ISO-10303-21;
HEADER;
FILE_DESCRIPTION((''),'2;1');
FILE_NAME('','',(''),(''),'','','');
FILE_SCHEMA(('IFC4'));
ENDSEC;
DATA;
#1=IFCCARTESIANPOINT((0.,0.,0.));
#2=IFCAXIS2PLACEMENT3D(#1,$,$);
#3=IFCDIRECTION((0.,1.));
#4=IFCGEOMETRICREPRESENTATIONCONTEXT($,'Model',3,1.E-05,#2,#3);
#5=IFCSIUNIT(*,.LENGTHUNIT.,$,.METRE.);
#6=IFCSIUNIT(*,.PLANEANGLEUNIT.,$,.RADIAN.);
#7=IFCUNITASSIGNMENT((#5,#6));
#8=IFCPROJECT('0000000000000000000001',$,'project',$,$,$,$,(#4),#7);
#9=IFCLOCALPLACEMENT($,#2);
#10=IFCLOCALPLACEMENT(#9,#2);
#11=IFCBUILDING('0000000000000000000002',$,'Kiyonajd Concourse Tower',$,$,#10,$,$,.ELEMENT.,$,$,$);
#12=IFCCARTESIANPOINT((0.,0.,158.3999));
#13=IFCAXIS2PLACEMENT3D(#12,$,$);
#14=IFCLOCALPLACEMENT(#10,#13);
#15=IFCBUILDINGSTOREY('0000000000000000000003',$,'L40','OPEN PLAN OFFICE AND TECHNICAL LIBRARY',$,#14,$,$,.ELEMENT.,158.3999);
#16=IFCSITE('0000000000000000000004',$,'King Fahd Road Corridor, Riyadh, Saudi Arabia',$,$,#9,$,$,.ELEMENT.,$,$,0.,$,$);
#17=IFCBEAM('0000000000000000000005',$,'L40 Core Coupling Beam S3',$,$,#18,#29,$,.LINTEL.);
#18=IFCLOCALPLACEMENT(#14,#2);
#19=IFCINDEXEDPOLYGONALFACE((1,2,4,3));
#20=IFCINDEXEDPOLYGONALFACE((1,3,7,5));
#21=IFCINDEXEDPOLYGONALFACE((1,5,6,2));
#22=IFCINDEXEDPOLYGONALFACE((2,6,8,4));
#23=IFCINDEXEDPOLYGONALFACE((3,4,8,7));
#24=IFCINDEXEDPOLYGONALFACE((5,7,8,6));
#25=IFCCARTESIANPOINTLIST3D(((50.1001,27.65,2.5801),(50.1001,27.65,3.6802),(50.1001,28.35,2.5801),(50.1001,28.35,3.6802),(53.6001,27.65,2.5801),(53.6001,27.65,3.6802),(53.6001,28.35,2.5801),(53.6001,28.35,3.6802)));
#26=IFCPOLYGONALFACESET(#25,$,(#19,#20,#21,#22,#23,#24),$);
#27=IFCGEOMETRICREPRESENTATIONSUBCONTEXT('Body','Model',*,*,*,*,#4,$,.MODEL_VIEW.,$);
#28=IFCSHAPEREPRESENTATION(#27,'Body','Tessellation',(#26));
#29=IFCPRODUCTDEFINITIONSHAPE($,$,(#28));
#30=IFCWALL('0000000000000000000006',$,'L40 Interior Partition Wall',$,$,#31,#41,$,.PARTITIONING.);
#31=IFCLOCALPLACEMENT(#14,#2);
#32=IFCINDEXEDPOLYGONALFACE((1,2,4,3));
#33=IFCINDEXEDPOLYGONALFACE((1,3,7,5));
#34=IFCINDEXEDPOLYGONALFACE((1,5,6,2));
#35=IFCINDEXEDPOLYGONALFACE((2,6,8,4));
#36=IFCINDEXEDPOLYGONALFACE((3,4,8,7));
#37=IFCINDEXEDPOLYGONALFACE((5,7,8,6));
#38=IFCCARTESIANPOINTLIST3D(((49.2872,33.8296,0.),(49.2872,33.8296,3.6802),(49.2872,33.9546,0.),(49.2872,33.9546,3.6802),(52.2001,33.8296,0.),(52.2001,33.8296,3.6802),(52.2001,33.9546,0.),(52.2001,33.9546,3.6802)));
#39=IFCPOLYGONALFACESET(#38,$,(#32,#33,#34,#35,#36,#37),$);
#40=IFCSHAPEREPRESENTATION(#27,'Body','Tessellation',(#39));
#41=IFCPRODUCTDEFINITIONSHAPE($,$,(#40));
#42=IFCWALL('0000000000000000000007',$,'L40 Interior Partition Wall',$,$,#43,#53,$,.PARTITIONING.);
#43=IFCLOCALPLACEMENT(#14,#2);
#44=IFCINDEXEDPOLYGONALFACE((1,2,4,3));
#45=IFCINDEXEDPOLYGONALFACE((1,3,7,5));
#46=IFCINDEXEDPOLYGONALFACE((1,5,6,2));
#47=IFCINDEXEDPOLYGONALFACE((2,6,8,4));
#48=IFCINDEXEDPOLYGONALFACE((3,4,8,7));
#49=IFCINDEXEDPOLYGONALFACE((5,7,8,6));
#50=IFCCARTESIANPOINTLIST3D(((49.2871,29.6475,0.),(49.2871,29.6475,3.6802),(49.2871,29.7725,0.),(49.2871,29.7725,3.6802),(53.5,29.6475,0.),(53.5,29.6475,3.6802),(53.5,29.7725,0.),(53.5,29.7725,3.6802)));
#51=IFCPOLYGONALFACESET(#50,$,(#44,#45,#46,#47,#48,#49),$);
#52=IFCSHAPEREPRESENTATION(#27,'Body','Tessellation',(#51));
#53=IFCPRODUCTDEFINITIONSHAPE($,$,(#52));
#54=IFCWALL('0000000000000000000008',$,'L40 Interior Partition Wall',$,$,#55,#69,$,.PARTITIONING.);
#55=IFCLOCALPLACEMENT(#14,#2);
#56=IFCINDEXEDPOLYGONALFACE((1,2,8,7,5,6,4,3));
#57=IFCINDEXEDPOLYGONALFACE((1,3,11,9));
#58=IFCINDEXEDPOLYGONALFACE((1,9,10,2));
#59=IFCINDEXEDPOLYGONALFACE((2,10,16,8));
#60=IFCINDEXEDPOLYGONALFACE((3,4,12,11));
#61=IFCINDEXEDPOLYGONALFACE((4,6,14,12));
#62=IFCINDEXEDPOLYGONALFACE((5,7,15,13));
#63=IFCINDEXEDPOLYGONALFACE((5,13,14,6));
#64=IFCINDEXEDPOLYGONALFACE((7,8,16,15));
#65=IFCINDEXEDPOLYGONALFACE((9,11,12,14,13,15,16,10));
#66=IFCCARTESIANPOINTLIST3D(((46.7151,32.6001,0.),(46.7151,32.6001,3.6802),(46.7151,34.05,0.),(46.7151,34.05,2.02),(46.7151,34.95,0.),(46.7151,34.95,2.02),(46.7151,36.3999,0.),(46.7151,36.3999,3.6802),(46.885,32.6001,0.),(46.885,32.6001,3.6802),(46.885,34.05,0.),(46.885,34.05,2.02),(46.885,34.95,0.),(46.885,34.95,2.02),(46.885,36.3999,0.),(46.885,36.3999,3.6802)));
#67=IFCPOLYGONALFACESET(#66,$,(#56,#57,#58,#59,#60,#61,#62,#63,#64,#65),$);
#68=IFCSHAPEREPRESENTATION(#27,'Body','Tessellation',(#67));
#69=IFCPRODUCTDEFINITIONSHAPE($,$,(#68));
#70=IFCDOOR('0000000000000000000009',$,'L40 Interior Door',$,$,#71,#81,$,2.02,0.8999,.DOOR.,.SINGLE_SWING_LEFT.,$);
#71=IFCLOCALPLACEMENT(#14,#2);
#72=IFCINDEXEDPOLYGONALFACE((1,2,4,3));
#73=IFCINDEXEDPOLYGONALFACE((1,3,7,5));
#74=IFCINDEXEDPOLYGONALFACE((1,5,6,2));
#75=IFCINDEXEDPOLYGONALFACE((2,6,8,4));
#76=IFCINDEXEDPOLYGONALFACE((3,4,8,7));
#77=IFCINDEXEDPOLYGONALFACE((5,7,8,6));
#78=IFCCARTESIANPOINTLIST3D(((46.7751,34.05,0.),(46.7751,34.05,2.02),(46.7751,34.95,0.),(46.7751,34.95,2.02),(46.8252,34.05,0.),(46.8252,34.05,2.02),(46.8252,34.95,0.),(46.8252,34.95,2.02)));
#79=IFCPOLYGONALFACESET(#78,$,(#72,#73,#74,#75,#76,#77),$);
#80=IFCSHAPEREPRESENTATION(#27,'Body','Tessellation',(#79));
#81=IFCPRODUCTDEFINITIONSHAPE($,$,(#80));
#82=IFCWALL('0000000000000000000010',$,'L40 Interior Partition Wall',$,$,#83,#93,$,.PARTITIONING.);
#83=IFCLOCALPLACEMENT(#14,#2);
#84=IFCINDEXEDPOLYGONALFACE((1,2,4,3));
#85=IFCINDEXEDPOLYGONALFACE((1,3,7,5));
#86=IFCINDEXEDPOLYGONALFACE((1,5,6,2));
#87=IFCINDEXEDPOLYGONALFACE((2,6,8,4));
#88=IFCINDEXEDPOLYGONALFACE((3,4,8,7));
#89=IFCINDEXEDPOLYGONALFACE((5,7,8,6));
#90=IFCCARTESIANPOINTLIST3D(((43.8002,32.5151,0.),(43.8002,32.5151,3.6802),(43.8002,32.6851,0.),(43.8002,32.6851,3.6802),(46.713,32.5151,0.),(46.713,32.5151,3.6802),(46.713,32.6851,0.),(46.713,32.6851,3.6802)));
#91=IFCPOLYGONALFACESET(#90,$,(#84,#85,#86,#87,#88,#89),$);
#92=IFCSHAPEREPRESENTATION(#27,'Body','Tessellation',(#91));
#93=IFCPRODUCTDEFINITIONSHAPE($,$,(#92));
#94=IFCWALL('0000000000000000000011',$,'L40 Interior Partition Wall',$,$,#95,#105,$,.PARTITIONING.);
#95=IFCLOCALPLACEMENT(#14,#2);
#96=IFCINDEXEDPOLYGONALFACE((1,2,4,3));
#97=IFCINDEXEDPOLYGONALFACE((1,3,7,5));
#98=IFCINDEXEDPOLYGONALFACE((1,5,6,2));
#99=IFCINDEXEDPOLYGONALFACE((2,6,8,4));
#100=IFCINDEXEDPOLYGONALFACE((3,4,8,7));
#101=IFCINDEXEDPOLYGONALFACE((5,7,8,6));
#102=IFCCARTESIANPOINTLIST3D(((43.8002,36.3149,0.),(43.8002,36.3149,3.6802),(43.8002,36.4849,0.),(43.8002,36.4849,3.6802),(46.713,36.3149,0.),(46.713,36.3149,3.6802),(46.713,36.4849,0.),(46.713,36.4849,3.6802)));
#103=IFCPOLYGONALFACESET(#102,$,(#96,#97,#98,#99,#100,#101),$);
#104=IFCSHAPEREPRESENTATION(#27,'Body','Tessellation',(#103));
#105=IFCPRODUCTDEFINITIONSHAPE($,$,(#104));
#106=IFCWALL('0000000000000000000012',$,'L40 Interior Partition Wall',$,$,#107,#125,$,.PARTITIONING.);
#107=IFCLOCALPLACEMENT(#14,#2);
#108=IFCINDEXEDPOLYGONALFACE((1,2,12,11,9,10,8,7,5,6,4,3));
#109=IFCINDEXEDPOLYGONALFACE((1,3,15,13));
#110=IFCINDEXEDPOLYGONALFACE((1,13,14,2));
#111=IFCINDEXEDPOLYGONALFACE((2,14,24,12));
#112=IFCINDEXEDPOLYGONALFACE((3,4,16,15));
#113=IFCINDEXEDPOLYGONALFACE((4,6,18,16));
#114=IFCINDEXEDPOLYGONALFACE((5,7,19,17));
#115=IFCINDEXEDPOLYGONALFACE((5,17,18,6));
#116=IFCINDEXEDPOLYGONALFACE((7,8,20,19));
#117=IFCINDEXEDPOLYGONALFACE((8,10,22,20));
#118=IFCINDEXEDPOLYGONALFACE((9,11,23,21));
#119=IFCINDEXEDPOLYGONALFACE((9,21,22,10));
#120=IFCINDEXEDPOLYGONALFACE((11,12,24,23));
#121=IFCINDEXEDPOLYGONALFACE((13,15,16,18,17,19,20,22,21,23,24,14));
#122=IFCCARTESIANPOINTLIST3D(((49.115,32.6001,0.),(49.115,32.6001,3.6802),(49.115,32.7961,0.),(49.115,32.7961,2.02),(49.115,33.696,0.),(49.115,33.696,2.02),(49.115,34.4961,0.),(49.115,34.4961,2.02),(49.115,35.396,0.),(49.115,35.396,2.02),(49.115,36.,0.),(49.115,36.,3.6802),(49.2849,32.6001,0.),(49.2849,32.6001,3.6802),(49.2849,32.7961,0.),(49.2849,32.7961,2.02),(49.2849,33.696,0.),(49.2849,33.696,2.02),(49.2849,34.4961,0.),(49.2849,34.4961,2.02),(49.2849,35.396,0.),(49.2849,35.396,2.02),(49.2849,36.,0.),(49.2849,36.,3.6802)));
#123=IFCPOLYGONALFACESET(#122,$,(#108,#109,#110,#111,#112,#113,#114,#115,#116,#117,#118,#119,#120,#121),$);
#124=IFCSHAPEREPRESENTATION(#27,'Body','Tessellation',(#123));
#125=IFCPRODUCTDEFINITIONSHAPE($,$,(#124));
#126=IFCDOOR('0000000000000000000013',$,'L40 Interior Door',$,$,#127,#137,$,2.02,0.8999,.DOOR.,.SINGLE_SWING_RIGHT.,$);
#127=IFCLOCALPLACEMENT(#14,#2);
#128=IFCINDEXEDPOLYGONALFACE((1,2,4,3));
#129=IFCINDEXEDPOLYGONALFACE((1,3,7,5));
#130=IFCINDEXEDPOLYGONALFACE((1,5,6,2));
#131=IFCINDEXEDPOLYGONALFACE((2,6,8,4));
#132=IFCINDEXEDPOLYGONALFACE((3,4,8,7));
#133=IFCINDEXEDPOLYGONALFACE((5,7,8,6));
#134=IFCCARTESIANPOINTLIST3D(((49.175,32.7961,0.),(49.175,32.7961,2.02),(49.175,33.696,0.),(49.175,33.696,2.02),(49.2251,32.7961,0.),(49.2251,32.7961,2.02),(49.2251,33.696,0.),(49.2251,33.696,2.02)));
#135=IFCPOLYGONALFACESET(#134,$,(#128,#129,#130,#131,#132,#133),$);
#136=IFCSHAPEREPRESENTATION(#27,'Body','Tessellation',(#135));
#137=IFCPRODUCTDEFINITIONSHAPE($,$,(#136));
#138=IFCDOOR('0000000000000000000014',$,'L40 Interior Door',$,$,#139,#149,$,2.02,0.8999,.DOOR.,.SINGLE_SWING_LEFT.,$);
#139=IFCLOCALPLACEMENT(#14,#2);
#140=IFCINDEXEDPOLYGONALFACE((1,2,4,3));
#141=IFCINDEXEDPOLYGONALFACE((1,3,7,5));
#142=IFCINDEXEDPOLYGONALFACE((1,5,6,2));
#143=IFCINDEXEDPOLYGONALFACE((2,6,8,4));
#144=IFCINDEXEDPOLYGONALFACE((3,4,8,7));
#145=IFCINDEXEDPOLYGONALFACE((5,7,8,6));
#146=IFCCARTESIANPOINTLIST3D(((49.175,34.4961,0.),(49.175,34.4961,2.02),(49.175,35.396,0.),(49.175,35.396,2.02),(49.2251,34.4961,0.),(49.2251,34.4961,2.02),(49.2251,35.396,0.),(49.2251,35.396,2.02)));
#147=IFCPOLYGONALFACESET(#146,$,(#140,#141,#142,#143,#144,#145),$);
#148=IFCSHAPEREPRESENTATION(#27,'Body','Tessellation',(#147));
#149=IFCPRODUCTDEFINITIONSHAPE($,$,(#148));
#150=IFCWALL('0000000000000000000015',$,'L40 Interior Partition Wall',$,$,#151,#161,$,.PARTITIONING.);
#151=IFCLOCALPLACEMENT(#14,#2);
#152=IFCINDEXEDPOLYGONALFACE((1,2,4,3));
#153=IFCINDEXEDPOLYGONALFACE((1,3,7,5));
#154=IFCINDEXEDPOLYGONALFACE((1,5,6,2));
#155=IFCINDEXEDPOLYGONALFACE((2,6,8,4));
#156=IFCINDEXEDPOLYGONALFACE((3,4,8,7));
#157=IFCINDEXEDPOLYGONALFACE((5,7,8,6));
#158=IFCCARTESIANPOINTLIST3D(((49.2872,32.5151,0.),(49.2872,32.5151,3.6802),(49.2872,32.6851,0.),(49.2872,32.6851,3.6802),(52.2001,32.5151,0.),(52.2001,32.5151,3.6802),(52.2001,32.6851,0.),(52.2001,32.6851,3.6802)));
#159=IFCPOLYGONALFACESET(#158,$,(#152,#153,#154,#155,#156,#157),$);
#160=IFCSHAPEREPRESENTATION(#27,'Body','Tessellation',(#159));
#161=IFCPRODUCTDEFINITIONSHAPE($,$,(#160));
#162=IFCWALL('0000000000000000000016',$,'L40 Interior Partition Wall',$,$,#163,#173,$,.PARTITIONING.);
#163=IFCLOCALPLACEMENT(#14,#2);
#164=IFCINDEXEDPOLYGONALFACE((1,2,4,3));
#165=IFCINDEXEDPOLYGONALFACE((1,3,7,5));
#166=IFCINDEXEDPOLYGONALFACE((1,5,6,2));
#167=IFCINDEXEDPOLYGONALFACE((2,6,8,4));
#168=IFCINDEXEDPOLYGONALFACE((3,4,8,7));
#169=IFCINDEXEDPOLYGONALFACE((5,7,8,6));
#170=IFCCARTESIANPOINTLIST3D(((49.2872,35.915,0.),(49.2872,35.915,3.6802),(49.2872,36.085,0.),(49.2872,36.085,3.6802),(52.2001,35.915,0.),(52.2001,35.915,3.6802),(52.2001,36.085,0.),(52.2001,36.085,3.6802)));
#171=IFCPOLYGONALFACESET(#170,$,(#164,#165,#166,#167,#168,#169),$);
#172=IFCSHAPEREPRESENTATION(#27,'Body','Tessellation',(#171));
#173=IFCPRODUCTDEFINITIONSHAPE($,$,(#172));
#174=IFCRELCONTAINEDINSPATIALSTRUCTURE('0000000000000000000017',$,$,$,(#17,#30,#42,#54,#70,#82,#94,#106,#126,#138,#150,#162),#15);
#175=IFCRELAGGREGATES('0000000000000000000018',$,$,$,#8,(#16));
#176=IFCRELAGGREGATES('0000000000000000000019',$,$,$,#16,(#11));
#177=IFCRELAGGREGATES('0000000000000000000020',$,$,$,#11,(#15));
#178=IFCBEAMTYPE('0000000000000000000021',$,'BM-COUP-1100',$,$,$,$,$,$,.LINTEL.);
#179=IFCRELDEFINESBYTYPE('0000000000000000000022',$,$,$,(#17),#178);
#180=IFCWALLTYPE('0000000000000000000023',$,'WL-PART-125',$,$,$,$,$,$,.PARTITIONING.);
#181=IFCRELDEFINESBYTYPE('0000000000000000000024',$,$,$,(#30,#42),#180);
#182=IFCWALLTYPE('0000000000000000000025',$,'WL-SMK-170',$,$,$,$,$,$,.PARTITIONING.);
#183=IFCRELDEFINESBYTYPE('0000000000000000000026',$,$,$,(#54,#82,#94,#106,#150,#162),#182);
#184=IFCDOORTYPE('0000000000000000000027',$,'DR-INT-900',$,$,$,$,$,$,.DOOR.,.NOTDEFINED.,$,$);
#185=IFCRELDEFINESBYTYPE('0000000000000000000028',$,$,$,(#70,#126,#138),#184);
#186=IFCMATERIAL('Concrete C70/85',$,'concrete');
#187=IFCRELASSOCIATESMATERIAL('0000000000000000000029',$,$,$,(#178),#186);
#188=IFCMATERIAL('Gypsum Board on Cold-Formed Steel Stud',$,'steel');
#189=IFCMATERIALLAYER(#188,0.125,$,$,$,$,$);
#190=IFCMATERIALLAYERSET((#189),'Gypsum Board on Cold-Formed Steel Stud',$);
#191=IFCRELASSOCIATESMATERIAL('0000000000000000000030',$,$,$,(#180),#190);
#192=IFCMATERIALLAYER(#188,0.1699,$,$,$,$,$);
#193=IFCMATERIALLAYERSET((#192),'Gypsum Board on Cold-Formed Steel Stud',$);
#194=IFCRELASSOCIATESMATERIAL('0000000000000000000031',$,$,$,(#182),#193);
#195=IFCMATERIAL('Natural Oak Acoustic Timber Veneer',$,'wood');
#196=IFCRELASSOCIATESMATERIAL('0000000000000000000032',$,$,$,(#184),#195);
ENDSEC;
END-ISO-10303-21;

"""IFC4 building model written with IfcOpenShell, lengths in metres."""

from ifc_helpers import new_model, si_unit, direction, frame, frame_2d, origin, origin_2d, place, context, subcontext, project, spatial, rectangle, extrude, material, layer, layer_set, material_profile, profile_set, type_object, element, fill, save


model = new_model("IFC4")

# Units and contexts
model_context = context("Model", 3, precision=1e-05, world=origin(), true_north=direction((0.0, 1.0)))
body_context = subcontext(model_context, "Body", "Model", "MODEL_VIEW")
ifc_project = project(units=[si_unit("LENGTHUNIT", "METRE"), si_unit("PLANEANGLEUNIT", "RADIAN")], contexts=[model_context])

# Site, building, storey
site_placement = place(None, origin())
site = spatial("IfcSite", under=ifc_project, at=site_placement, Name="King Fahd Road Corridor, Riyadh, Saudi Arabia", CompositionType="ELEMENT", RefElevation=0.0)
building_placement = place(site_placement, origin())
building = spatial("IfcBuilding", under=site, at=building_placement, Name="Kiyonajd Concourse Tower", CompositionType="ELEMENT")
storey_placement = place(building_placement, frame((0.0, 0.0, 158.3999)))
storey = spatial("IfcBuildingStorey", under=building, at=storey_placement, Name="L40", Description="OPEN PLAN OFFICE AND TECHNICAL LIBRARY", CompositionType="ELEMENT", Elevation=158.3999)

# Beam
ifc_material_1 = material(Name="Concrete C70/85", Category="concrete")
ifc_material_profile = material_profile(ifc_material_1, rectangle(XDim=0.7, YDim=1.1001, at=origin_2d()), Name="RCBM-700x1100")
ifc_profile_set = profile_set([ifc_material_profile], Name="Concrete C70/85")
beam_type = type_object("IfcBeamType", Name="BM-COUP-1100", PredefinedType="LINTEL", material=ifc_profile_set)
beam_placement = place(storey_placement, frame((50.1001, 28.0, 3.1301), z_axis=(1.0, 0.0, 0.0), x_axis=(0.0, 1.0, 0.0)))
element("IfcBeam", 1, at=beam_placement, inside=storey, type_object=beam_type, Name="L40 Core Coupling Beam S3", PredefinedType="LINTEL", context=body_context, shape_type="SweptSolid", body=[
    extrude(rectangle(XDim=0.7, YDim=1.1001, at=origin_2d()), origin(), (0.0, 0.0, 1.0), 3.5),
])

# Walls
ifc_material_2 = material(Name="Gypsum Board on Cold-Formed Steel Stud", Category="steel")
ifc_layer_1 = layer(ifc_material_2, 0.125)
ifc_layer_set_1 = layer_set([ifc_layer_1], Name="Gypsum Board on Cold-Formed Steel Stud")
wall_type_1 = type_object("IfcWallType", Name="WL-PART-125", PredefinedType="PARTITIONING", material=ifc_layer_set_1)
wall_1_placement = place(storey_placement, frame((49.2871, 33.8921, 0.0), z_axis=(0.0, 0.0, 1.0), x_axis=(1.0, 0.0, 0.0)))
element("IfcWall", 2, at=wall_1_placement, inside=storey, type_object=wall_type_1, Name="L40 Interior Partition Wall", PredefinedType="PARTITIONING", context=body_context, shape_type="SweptSolid", body=[
    extrude(rectangle(XDim=2.9128, YDim=0.125, at=frame_2d((1.4565, 0.0))), origin(), (0.0, 0.0, 1.0), 3.6802),
])
wall_2_placement = place(storey_placement, frame((49.2871, 29.71, 0.0), z_axis=(0.0, 0.0, 1.0), x_axis=(1.0, 0.0, 0.0)))
element("IfcWall", 3, at=wall_2_placement, inside=storey, type_object=wall_type_1, Name="L40 Interior Partition Wall", PredefinedType="PARTITIONING", context=body_context, shape_type="SweptSolid", body=[
    extrude(rectangle(XDim=4.2129, YDim=0.125, at=frame_2d((2.1064, 0.0))), origin(), (0.0, 0.0, 1.0), 3.6802),
])

# Wall, opening, door
ifc_layer_2 = layer(ifc_material_2, 0.1699)
ifc_layer_set_2 = layer_set([ifc_layer_2], Name="Gypsum Board on Cold-Formed Steel Stud")
wall_type_2 = type_object("IfcWallType", Name="WL-SMK-170", PredefinedType="PARTITIONING", material=ifc_layer_set_2)
wall_3_placement = place(storey_placement, frame((46.8, 32.6001, 0.0), z_axis=(0.0, 0.0, 1.0), x_axis=(0.0, 1.0, 0.0)))
wall_3 = element("IfcWall", 4, at=wall_3_placement, inside=storey, type_object=wall_type_2, Name="L40 Interior Partition Wall", PredefinedType="PARTITIONING", context=body_context, shape_type="SweptSolid", body=[
    extrude(rectangle(XDim=3.7998, YDim=0.1699, at=frame_2d((1.8999, 0.0))), origin(), (0.0, 0.0, 1.0), 3.6802),
])
opening_1_placement = place(wall_3_placement, frame((1.45, 0.0, 0.0)))
opening_1 = element("IfcOpeningElement", 5, at=opening_1_placement, cuts=wall_3, PredefinedType="OPENING", context=body_context, shape_type="SweptSolid", body=[
    extrude(rectangle(XDim=0.8999, YDim=2.02, at=frame_2d((0.45, 1.01))), frame((0.0, 0.095, 0.0), z_axis=(0.0, -1.0, 0.0), x_axis=(1.0, 0.0, 0.0)), (0.0, 0.0, 1.0), 0.1899),
])
ifc_material_3 = material(Name="Natural Oak Acoustic Timber Veneer", Category="wood")
door_type = type_object("IfcDoorType", Name="DR-INT-900", OperationType="NOTDEFINED", PredefinedType="DOOR", material=ifc_material_3)
door_1_placement = place(opening_1_placement, origin())
door_1 = element("IfcDoor", 6, at=door_1_placement, inside=storey, type_object=door_type, Name="L40 Interior Door", OperationType="SINGLE_SWING_LEFT", OverallHeight=2.02, OverallWidth=0.8999, PredefinedType="DOOR", context=body_context, shape_type="SweptSolid", body=[
    extrude(rectangle(XDim=0.8999, YDim=2.02, at=frame_2d((0.45, 1.01))), frame((0.0, 0.0249, 0.0), z_axis=(0.0, -1.0, 0.0), x_axis=(1.0, 0.0, 0.0)), (0.0, 0.0, 1.0), 0.05),
])
fill(opening_1, door_1)

# Walls
for number, where, z_axis, x_axis, name in (
    (7, (43.8, 32.6001, 0.0), (0.0, 0.0, 1.0), (1.0, 0.0, 0.0), "L40 Interior Partition Wall"),
    (8, (43.8, 36.3999, 0.0), (0.0, 0.0, 1.0), (1.0, 0.0, 0.0), "L40 Interior Partition Wall"),
):
    element("IfcWall", number, at=place(storey_placement, frame(where, z_axis=z_axis, x_axis=x_axis)), inside=storey, type_object=wall_type_2, Name=name, PredefinedType="PARTITIONING", context=body_context, shape_type="SweptSolid", body=[
        extrude(rectangle(XDim=2.9128, YDim=0.1699, at=frame_2d((1.4565, 0.0))), origin(), (0.0, 0.0, 1.0), 3.6802),
    ])

# Wall, openings, doors
wall_4_placement = place(storey_placement, frame((49.2, 32.6001, 0.0), z_axis=(0.0, 0.0, 1.0), x_axis=(0.0, 1.0, 0.0)))
wall_4 = element("IfcWall", 9, at=wall_4_placement, inside=storey, type_object=wall_type_2, Name="L40 Interior Partition Wall", PredefinedType="PARTITIONING", context=body_context, shape_type="SweptSolid", body=[
    extrude(rectangle(XDim=3.3999, YDim=0.1699, at=frame_2d((1.7, 0.0))), origin(), (0.0, 0.0, 1.0), 3.6802),
])
opening_2_placement = place(wall_4_placement, frame((0.196, 0.0, 0.0)))
opening_2 = element("IfcOpeningElement", 10, at=opening_2_placement, cuts=wall_4, PredefinedType="OPENING", context=body_context, shape_type="SweptSolid", body=[
    extrude(rectangle(XDim=0.8999, YDim=2.02, at=frame_2d((0.45, 1.01))), frame((0.0, 0.095, 0.0), z_axis=(0.0, -1.0, 0.0), x_axis=(1.0, 0.0, 0.0)), (0.0, 0.0, 1.0), 0.1899),
])
opening_3_placement = place(wall_4_placement, frame((1.896, 0.0, 0.0)))
opening_3 = element("IfcOpeningElement", 11, at=opening_3_placement, cuts=wall_4, PredefinedType="OPENING", context=body_context, shape_type="SweptSolid", body=[
    extrude(rectangle(XDim=0.8999, YDim=2.02, at=frame_2d((0.45, 1.01))), frame((0.0, 0.095, 0.0), z_axis=(0.0, -1.0, 0.0), x_axis=(1.0, 0.0, 0.0)), (0.0, 0.0, 1.0), 0.1899),
])
door_2_placement = place(opening_2_placement, origin())
door_2 = element("IfcDoor", 12, at=door_2_placement, inside=storey, type_object=door_type, Name="L40 Interior Door", OperationType="SINGLE_SWING_RIGHT", OverallHeight=2.02, OverallWidth=0.8999, PredefinedType="DOOR", context=body_context, shape_type="SweptSolid", body=[
    extrude(rectangle(XDim=0.8999, YDim=2.02, at=frame_2d((0.45, 1.01))), frame((0.0, 0.0249, 0.0), z_axis=(0.0, -1.0, 0.0), x_axis=(1.0, 0.0, 0.0)), (0.0, 0.0, 1.0), 0.05),
])
fill(opening_2, door_2)
door_3_placement = place(opening_3_placement, origin())
door_3 = element("IfcDoor", 13, at=door_3_placement, inside=storey, type_object=door_type, Name="L40 Interior Door", OperationType="SINGLE_SWING_LEFT", OverallHeight=2.02, OverallWidth=0.8999, PredefinedType="DOOR", context=body_context, shape_type="SweptSolid", body=[
    extrude(rectangle(XDim=0.8999, YDim=2.02, at=frame_2d((0.45, 1.01))), frame((0.0, 0.0249, 0.0), z_axis=(0.0, -1.0, 0.0), x_axis=(1.0, 0.0, 0.0)), (0.0, 0.0, 1.0), 0.05),
])
fill(opening_3, door_3)

# Walls
for number, where, z_axis, x_axis, name in (
    (14, (49.2871, 32.6001, 0.0), (0.0, 0.0, 1.0), (1.0, 0.0, 0.0), "L40 Interior Partition Wall"),
    (15, (49.2871, 36.0, 0.0), (0.0, 0.0, 1.0), (1.0, 0.0, 0.0), "L40 Interior Partition Wall"),
):
    element("IfcWall", number, at=place(storey_placement, frame(where, z_axis=z_axis, x_axis=x_axis)), inside=storey, type_object=wall_type_2, Name=name, PredefinedType="PARTITIONING", context=body_context, shape_type="SweptSolid", body=[
        extrude(rectangle(XDim=2.9128, YDim=0.1699, at=frame_2d((1.4565, 0.0))), origin(), (0.0, 0.0, 1.0), 3.6802),
    ])

save(model, "model.ifc")
